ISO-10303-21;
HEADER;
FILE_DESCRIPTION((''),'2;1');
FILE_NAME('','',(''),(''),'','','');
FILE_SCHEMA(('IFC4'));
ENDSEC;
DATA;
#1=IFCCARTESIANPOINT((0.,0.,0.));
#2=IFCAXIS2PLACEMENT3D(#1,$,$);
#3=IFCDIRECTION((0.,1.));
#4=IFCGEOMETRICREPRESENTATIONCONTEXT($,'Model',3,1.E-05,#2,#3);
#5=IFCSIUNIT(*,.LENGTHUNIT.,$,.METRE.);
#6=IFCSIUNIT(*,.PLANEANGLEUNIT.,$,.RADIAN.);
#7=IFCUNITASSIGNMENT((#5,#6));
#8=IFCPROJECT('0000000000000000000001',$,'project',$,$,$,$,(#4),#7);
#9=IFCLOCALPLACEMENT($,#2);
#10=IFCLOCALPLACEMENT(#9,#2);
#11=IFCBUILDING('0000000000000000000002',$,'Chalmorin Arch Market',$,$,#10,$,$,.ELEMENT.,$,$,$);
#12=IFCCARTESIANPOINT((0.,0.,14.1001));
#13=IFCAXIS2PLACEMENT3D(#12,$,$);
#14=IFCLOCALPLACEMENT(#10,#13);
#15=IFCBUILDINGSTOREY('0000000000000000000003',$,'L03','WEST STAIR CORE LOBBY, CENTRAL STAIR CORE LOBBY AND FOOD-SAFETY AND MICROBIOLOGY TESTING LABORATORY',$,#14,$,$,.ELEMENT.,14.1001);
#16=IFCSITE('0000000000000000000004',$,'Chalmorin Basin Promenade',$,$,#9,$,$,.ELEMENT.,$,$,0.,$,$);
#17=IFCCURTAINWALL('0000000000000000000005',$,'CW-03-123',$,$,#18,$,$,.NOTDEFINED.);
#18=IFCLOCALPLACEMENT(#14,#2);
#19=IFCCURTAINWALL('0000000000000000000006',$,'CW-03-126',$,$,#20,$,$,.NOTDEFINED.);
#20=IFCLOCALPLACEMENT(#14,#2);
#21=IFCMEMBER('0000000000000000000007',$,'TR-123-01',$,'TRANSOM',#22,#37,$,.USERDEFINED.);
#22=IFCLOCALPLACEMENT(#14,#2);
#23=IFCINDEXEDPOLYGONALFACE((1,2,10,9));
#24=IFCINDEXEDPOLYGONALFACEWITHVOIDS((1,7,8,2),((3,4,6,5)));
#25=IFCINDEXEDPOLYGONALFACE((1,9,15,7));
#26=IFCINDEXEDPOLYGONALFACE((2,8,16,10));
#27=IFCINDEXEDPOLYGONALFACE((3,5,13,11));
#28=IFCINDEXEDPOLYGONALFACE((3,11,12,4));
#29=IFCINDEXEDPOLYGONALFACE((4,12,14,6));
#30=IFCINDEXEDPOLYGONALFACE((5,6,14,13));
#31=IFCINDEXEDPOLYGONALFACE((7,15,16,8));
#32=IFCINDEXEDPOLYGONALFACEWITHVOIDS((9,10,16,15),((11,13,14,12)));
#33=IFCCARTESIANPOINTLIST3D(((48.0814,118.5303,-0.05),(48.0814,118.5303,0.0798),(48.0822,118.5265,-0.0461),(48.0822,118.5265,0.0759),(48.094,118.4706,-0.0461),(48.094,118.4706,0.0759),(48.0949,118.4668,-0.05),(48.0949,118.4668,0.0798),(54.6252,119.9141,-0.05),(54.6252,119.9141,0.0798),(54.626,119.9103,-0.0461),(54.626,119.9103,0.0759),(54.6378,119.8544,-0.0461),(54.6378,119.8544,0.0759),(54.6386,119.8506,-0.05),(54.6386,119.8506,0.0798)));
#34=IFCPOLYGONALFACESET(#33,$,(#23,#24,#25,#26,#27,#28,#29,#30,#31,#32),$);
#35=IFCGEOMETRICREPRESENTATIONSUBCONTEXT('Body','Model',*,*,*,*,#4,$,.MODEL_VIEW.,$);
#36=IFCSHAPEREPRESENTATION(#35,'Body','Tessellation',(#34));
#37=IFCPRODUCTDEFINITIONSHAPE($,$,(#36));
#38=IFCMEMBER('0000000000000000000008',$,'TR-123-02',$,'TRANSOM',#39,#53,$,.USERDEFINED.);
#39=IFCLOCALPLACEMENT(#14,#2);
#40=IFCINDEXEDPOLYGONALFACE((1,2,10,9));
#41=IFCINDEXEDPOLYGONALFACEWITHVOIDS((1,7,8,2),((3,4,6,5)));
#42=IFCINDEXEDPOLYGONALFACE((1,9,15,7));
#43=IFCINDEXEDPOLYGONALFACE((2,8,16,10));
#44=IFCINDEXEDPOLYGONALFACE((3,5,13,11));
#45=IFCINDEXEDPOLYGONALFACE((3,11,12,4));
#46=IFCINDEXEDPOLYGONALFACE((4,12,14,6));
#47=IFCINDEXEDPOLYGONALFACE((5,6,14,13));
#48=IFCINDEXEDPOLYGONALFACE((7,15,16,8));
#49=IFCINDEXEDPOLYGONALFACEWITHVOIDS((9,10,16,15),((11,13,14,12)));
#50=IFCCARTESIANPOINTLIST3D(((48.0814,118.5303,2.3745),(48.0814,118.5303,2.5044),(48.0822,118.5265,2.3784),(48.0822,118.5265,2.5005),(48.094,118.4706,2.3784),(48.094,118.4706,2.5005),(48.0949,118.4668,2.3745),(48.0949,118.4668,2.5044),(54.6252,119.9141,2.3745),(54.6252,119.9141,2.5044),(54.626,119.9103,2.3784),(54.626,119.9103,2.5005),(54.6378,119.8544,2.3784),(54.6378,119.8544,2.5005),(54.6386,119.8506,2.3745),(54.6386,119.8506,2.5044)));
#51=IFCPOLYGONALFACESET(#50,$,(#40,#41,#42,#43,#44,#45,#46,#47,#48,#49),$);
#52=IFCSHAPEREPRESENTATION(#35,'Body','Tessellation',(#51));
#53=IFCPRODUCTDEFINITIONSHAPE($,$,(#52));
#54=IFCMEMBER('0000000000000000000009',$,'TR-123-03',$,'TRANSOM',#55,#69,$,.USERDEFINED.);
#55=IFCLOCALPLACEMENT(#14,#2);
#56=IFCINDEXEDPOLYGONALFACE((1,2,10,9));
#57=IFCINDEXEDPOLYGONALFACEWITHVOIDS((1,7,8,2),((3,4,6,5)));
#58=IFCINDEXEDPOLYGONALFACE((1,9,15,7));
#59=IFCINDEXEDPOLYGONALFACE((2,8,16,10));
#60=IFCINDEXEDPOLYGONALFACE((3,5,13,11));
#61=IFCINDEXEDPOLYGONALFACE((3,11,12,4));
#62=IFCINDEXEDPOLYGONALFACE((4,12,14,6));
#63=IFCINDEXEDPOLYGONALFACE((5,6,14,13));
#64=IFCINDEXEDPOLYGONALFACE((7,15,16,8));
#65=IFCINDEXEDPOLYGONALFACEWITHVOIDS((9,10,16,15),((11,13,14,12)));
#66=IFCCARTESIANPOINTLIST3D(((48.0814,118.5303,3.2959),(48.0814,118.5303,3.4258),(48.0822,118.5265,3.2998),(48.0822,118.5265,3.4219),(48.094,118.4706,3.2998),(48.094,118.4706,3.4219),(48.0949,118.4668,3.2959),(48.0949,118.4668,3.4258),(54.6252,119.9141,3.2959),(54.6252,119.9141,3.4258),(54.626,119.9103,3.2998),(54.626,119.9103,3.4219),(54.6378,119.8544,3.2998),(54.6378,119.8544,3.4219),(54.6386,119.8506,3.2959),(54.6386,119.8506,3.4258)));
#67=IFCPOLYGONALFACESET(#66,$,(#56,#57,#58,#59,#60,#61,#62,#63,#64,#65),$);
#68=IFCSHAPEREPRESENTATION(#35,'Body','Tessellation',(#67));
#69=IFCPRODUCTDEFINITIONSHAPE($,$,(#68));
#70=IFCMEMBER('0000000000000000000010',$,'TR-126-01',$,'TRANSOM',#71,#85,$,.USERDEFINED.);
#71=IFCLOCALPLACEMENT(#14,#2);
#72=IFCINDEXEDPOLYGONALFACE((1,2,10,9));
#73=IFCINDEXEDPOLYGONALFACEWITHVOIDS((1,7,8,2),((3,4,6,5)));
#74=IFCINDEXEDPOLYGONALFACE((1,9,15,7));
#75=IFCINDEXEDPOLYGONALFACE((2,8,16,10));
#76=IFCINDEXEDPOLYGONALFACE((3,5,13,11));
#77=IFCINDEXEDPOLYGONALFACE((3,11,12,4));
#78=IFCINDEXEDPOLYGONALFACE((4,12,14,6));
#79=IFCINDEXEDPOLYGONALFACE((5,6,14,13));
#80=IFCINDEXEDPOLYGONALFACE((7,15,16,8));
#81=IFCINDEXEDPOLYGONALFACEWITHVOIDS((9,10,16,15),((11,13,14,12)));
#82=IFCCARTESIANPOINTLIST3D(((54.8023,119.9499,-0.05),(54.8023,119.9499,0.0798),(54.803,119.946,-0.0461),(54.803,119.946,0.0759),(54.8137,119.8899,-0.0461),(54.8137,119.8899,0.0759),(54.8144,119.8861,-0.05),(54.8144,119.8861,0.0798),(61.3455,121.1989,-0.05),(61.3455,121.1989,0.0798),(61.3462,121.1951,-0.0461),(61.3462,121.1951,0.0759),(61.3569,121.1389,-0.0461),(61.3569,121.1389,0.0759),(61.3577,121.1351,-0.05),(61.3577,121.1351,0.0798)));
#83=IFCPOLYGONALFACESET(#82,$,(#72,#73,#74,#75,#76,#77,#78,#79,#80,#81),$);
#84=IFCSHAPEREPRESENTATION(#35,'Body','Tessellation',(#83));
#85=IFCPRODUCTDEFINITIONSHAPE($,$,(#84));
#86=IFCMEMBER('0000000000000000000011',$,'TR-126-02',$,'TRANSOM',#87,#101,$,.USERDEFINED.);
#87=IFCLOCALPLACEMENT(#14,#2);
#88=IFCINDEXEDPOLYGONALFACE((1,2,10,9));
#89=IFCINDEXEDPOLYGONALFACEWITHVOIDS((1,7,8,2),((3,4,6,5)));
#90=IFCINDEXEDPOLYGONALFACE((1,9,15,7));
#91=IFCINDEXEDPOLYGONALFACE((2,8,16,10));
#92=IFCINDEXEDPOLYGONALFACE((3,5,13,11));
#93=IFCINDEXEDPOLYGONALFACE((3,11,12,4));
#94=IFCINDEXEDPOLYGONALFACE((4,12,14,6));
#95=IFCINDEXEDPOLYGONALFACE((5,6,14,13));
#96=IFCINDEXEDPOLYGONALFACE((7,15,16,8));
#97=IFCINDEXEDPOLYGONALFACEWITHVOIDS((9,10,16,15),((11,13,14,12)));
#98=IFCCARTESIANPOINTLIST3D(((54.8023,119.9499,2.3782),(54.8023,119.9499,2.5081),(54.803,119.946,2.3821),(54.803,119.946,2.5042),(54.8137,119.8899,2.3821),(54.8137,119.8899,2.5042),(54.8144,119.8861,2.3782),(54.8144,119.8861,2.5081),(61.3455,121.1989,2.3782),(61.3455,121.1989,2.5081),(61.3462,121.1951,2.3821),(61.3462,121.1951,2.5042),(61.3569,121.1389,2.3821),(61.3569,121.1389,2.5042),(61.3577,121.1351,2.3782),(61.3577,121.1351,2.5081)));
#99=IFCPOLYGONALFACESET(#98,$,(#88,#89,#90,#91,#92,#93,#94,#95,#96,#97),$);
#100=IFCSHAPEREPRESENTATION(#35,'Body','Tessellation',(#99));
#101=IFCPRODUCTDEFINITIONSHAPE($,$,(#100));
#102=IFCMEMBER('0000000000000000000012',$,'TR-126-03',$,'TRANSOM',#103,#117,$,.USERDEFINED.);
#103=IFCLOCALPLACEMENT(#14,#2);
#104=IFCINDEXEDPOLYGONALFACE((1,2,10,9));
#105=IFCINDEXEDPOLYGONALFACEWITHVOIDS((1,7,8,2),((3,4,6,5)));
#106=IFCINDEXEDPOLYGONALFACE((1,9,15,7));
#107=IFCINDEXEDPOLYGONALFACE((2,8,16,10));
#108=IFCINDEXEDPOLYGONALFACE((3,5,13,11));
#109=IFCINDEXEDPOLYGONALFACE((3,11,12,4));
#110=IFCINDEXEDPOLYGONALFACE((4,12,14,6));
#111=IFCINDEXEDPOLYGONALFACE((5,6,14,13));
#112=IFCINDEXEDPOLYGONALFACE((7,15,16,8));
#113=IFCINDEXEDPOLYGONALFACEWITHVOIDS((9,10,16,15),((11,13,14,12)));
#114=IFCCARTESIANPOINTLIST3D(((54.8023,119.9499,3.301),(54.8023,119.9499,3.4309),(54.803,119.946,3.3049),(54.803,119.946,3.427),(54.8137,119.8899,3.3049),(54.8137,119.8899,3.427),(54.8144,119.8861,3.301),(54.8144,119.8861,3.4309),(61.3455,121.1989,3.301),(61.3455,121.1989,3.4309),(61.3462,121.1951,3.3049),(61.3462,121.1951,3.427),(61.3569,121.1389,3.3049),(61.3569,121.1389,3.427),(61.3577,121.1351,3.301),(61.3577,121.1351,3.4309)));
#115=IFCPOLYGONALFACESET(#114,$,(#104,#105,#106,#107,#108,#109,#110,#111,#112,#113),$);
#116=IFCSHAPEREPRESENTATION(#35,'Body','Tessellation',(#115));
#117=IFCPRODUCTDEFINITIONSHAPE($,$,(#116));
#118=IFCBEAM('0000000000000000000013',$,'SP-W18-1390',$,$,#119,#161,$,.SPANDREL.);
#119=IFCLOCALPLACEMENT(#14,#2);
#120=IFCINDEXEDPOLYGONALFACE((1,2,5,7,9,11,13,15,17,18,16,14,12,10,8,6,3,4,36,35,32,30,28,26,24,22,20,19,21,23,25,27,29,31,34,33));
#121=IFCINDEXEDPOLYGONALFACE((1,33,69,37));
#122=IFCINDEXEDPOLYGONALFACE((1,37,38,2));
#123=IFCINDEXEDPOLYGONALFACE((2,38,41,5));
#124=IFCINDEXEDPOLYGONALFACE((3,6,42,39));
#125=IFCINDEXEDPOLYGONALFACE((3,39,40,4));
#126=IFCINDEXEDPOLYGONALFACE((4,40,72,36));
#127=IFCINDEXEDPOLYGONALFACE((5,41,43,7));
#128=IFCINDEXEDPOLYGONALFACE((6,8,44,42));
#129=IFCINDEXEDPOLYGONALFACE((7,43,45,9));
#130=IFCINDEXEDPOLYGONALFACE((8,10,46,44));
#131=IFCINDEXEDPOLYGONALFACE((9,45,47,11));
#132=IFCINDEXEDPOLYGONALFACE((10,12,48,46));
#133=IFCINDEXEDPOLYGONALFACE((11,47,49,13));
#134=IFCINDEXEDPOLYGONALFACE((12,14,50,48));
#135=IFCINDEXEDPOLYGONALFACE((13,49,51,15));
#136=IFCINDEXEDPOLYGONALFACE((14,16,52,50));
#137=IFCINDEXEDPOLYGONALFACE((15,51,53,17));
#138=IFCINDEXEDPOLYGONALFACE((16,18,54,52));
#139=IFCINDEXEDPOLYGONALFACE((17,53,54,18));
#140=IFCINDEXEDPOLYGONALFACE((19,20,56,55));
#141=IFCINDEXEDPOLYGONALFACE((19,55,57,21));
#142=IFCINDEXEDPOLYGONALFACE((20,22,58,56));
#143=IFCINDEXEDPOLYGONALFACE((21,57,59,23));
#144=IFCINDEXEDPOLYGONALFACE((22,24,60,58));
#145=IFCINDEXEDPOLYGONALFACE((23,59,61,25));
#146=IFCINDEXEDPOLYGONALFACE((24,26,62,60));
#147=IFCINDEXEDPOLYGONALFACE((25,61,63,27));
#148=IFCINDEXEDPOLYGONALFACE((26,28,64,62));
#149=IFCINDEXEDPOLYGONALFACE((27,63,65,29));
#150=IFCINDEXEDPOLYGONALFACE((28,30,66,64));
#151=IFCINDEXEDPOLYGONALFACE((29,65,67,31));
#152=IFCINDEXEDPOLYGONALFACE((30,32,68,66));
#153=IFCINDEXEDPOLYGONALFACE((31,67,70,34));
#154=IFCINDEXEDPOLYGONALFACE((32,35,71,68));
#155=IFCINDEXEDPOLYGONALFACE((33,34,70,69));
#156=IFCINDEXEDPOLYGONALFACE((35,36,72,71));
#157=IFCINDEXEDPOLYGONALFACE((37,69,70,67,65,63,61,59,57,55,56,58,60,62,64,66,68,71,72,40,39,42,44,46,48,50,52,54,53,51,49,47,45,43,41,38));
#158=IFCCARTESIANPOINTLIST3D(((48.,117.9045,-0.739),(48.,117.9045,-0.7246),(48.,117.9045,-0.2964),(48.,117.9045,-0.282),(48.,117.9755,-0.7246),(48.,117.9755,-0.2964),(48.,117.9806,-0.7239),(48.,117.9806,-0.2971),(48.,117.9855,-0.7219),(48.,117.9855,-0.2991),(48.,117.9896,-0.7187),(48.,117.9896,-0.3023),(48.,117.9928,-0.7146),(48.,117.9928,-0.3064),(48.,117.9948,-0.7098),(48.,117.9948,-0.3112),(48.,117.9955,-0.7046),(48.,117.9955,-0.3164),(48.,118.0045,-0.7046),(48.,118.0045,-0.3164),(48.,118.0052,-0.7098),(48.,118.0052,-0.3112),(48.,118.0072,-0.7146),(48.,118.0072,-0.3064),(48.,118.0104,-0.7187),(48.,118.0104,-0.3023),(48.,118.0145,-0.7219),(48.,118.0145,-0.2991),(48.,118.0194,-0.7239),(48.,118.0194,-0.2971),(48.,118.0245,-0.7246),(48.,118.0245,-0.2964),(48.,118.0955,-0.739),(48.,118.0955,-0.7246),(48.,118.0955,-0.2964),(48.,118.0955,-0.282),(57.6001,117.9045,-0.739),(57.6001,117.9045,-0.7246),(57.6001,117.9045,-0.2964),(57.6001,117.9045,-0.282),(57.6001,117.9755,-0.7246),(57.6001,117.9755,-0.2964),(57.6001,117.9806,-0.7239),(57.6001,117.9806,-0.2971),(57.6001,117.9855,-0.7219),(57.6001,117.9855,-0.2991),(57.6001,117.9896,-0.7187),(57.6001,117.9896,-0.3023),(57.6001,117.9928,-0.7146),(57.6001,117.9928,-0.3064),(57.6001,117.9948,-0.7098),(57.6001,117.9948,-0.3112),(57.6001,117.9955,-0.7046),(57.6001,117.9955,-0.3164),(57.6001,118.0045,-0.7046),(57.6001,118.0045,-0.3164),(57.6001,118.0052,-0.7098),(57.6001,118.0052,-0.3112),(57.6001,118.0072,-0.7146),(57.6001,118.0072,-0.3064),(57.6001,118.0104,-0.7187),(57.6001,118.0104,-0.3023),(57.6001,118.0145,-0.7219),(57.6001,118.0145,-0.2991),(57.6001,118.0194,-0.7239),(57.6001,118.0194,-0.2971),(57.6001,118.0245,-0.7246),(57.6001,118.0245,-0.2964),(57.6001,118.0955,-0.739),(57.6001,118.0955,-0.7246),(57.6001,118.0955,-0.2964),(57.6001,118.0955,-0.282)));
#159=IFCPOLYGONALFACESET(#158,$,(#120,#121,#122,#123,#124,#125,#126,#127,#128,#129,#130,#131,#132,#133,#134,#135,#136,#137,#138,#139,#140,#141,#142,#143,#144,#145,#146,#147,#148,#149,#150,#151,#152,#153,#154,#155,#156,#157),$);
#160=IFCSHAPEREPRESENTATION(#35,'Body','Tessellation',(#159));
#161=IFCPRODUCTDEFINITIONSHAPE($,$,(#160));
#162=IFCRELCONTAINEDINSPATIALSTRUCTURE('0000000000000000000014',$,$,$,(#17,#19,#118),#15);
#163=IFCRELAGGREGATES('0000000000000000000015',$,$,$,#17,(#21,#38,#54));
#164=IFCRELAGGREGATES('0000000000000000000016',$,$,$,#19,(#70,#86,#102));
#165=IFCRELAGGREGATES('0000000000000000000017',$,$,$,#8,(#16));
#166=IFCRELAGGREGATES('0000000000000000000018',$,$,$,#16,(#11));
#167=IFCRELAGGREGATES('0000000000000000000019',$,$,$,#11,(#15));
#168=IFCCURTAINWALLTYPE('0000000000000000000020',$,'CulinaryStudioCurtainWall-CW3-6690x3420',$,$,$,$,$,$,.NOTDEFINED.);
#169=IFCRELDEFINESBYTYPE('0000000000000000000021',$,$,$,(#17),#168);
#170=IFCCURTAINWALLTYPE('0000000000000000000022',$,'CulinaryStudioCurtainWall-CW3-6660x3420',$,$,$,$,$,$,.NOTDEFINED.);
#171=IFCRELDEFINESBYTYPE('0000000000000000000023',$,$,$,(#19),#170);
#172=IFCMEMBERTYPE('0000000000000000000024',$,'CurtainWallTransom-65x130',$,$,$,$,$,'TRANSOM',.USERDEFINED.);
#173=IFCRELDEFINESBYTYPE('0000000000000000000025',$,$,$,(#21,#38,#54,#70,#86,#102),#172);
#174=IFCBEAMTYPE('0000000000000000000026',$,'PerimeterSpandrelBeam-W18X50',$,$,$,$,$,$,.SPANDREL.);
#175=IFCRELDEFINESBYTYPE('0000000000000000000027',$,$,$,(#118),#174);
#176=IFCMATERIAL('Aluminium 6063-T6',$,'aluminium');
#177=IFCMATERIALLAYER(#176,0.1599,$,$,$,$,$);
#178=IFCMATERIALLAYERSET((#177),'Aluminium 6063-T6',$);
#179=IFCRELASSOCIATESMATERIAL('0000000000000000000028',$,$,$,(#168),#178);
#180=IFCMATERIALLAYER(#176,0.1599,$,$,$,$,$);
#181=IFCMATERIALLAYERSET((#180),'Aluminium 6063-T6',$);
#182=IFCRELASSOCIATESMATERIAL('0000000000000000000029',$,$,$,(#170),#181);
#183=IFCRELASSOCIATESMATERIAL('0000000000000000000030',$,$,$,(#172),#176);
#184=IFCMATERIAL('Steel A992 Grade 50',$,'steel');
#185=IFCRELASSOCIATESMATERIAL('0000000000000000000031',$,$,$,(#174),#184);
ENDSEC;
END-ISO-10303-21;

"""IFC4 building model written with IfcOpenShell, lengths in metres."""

from ifc_helpers import new_model, si_unit, direction, frame, origin, origin_2d, place, context, subcontext, project, spatial, hollow_rectangle, i_section, extrude, material, layer, layer_set, material_profile, profile_set, type_object, element, aggregate, save


model = new_model("IFC4")

# Units and contexts
model_context = context("Model", 3, precision=1e-05, world=origin(), true_north=direction((0.0, 1.0)))
body_context = subcontext(model_context, "Body", "Model", "MODEL_VIEW")
ifc_project = project(units=[si_unit("LENGTHUNIT", "METRE"), si_unit("PLANEANGLEUNIT", "RADIAN")], contexts=[model_context])

# Site, building, storey
site_placement = place(None, origin())
site = spatial("IfcSite", under=ifc_project, at=site_placement, Name="Chalmorin Basin Promenade", CompositionType="ELEMENT", RefElevation=0.0)
building_placement = place(site_placement, origin())
building = spatial("IfcBuilding", under=site, at=building_placement, Name="Chalmorin Arch Market", CompositionType="ELEMENT")
storey_placement = place(building_placement, frame((0.0, 0.0, 14.1001)))
storey = spatial("IfcBuildingStorey", under=building, at=storey_placement, Name="L03", Description="WEST STAIR CORE LOBBY, CENTRAL STAIR CORE LOBBY AND FOOD-SAFETY AND MICROBIOLOGY TESTING LABORATORY", CompositionType="ELEMENT", Elevation=14.1001)

# Curtain walls
ifc_material_1 = material(Name="Aluminium 6063-T6", Category="aluminium")
ifc_layer_1 = layer(ifc_material_1, 0.1599)
ifc_layer_set_1 = layer_set([ifc_layer_1], Name="Aluminium 6063-T6")
curtain_wall_type_1 = type_object("IfcCurtainWallType", Name="CulinaryStudioCurtainWall-CW3-6690x3420", PredefinedType="NOTDEFINED", material=ifc_layer_set_1)
curtain_wall_1_placement = place(storey_placement, origin())
curtain_wall_1 = element("IfcCurtainWall", 1, at=curtain_wall_1_placement, inside=storey, type_object=curtain_wall_type_1, Name="CW-03-123", PredefinedType="NOTDEFINED")
ifc_layer_2 = layer(ifc_material_1, 0.1599)
ifc_layer_set_2 = layer_set([ifc_layer_2], Name="Aluminium 6063-T6")
curtain_wall_type_2 = type_object("IfcCurtainWallType", Name="CulinaryStudioCurtainWall-CW3-6660x3420", PredefinedType="NOTDEFINED", material=ifc_layer_set_2)
curtain_wall_2_placement = place(storey_placement, origin())
curtain_wall_2 = element("IfcCurtainWall", 2, at=curtain_wall_2_placement, inside=storey, type_object=curtain_wall_type_2, Name="CW-03-126", PredefinedType="NOTDEFINED")

# Members
ifc_material_profile_1 = material_profile(ifc_material_1, hollow_rectangle(XDim=0.0649, YDim=0.1299, WallThickness=0.0039, at=origin_2d()), Name="ALU65X130X4")
ifc_profile_set_1 = profile_set([ifc_material_profile_1], Name="Aluminium 6063-T6")
member_type_1 = type_object("IfcMemberType", Name="CurtainWallTransom-65x130", ElementType="TRANSOM", PredefinedType="USERDEFINED", material=ifc_profile_set_1)
member_1_placement = place(storey_placement, frame((48.0881, 118.4985, 0.0149), z_axis=(0.978363, 0.206893, 0.0), x_axis=(-0.206893, 0.978363, 0.0)))
member_1 = element("IfcMember", 3, at=member_1_placement, type_object=member_type_1, Name="TR-123-01", ObjectType="TRANSOM", PredefinedType="USERDEFINED", context=body_context, shape_type="SweptSolid", body=[
    extrude(hollow_rectangle(XDim=0.0649, YDim=0.1299, WallThickness=0.0039, at=origin_2d()), origin(), (0.0, 0.0, 1.0), 6.6885),
])
member_2_placement = place(storey_placement, frame((48.0881, 118.4985, 2.4395), z_axis=(0.978363, 0.206893, 0.0), x_axis=(-0.206893, 0.978363, 0.0)))
member_2 = element("IfcMember", 4, at=member_2_placement, type_object=member_type_1, Name="TR-123-02", ObjectType="TRANSOM", PredefinedType="USERDEFINED", context=body_context, shape_type="SweptSolid", body=[
    extrude(hollow_rectangle(XDim=0.0649, YDim=0.1299, WallThickness=0.0039, at=origin_2d()), origin(), (0.0, 0.0, 1.0), 6.6885),
])
member_3_placement = place(storey_placement, frame((48.0881, 118.4985, 3.3608), z_axis=(0.978363, 0.206893, 0.0), x_axis=(-0.206893, 0.978363, 0.0)))
member_3 = element("IfcMember", 5, at=member_3_placement, type_object=member_type_1, Name="TR-123-03", ObjectType="TRANSOM", PredefinedType="USERDEFINED", context=body_context, shape_type="SweptSolid", body=[
    extrude(hollow_rectangle(XDim=0.0649, YDim=0.1299, WallThickness=0.0039, at=origin_2d()), origin(), (0.0, 0.0, 1.0), 6.6885),
])
member_4_placement = place(storey_placement, frame((54.8083, 119.918, 0.0149), z_axis=(0.982264, 0.187503, 0.0), x_axis=(-0.187503, 0.982264, 0.0)))
member_4 = element("IfcMember", 6, at=member_4_placement, type_object=member_type_1, Name="TR-126-01", ObjectType="TRANSOM", PredefinedType="USERDEFINED", context=body_context, shape_type="SweptSolid", body=[
    extrude(hollow_rectangle(XDim=0.0649, YDim=0.1299, WallThickness=0.0039, at=origin_2d()), origin(), (0.0, 0.0, 1.0), 6.6614),
])
member_5_placement = place(storey_placement, frame((54.8083, 119.918, 2.4431), z_axis=(0.982264, 0.187503, 0.0), x_axis=(-0.187503, 0.982264, 0.0)))
member_5 = element("IfcMember", 7, at=member_5_placement, type_object=member_type_1, Name="TR-126-02", ObjectType="TRANSOM", PredefinedType="USERDEFINED", context=body_context, shape_type="SweptSolid", body=[
    extrude(hollow_rectangle(XDim=0.0649, YDim=0.1299, WallThickness=0.0039, at=origin_2d()), origin(), (0.0, 0.0, 1.0), 6.6614),
])
member_6_placement = place(storey_placement, frame((54.8083, 119.918, 3.366), z_axis=(0.982264, 0.187503, 0.0), x_axis=(-0.187503, 0.982264, 0.0)))
member_6 = element("IfcMember", 8, at=member_6_placement, type_object=member_type_1, Name="TR-126-03", ObjectType="TRANSOM", PredefinedType="USERDEFINED", context=body_context, shape_type="SweptSolid", body=[
    extrude(hollow_rectangle(XDim=0.0649, YDim=0.1299, WallThickness=0.0039, at=origin_2d()), origin(), (0.0, 0.0, 1.0), 6.6614),
])

# Beam
ifc_material_2 = material(Name="Steel A992 Grade 50", Category="steel")
ifc_material_profile_2 = material_profile(ifc_material_2, i_section(OverallWidth=0.1909, OverallDepth=0.457, WebThickness=0.009, FlangeThickness=0.0144, FilletRadius=0.02, at=origin_2d()), Name="W18X50")
ifc_profile_set_2 = profile_set([ifc_material_profile_2], Name="Steel A992 Grade 50")
beam_type_1 = type_object("IfcBeamType", Name="PerimeterSpandrelBeam-W18X50", PredefinedType="SPANDREL", material=ifc_profile_set_2)
beam_1_placement = place(storey_placement, frame((48.0, 118.0, -0.5105), z_axis=(1.0, 0.0, 0.0), x_axis=(0.0, 1.0, 0.0)))
element("IfcBeam", 9, at=beam_1_placement, inside=storey, type_object=beam_type_1, Name="SP-W18-1390", PredefinedType="SPANDREL", context=body_context, shape_type="SweptSolid", body=[
    extrude(i_section(OverallWidth=0.1909, OverallDepth=0.457, WebThickness=0.009, FlangeThickness=0.0144, FilletRadius=0.02, at=origin_2d()), origin(), (0.0, 0.0, 1.0), 9.6001),
])

aggregate(curtain_wall_1, [member_1, member_2, member_3])
aggregate(curtain_wall_2, [member_4, member_5, member_6])

save(model, "model.ifc")
